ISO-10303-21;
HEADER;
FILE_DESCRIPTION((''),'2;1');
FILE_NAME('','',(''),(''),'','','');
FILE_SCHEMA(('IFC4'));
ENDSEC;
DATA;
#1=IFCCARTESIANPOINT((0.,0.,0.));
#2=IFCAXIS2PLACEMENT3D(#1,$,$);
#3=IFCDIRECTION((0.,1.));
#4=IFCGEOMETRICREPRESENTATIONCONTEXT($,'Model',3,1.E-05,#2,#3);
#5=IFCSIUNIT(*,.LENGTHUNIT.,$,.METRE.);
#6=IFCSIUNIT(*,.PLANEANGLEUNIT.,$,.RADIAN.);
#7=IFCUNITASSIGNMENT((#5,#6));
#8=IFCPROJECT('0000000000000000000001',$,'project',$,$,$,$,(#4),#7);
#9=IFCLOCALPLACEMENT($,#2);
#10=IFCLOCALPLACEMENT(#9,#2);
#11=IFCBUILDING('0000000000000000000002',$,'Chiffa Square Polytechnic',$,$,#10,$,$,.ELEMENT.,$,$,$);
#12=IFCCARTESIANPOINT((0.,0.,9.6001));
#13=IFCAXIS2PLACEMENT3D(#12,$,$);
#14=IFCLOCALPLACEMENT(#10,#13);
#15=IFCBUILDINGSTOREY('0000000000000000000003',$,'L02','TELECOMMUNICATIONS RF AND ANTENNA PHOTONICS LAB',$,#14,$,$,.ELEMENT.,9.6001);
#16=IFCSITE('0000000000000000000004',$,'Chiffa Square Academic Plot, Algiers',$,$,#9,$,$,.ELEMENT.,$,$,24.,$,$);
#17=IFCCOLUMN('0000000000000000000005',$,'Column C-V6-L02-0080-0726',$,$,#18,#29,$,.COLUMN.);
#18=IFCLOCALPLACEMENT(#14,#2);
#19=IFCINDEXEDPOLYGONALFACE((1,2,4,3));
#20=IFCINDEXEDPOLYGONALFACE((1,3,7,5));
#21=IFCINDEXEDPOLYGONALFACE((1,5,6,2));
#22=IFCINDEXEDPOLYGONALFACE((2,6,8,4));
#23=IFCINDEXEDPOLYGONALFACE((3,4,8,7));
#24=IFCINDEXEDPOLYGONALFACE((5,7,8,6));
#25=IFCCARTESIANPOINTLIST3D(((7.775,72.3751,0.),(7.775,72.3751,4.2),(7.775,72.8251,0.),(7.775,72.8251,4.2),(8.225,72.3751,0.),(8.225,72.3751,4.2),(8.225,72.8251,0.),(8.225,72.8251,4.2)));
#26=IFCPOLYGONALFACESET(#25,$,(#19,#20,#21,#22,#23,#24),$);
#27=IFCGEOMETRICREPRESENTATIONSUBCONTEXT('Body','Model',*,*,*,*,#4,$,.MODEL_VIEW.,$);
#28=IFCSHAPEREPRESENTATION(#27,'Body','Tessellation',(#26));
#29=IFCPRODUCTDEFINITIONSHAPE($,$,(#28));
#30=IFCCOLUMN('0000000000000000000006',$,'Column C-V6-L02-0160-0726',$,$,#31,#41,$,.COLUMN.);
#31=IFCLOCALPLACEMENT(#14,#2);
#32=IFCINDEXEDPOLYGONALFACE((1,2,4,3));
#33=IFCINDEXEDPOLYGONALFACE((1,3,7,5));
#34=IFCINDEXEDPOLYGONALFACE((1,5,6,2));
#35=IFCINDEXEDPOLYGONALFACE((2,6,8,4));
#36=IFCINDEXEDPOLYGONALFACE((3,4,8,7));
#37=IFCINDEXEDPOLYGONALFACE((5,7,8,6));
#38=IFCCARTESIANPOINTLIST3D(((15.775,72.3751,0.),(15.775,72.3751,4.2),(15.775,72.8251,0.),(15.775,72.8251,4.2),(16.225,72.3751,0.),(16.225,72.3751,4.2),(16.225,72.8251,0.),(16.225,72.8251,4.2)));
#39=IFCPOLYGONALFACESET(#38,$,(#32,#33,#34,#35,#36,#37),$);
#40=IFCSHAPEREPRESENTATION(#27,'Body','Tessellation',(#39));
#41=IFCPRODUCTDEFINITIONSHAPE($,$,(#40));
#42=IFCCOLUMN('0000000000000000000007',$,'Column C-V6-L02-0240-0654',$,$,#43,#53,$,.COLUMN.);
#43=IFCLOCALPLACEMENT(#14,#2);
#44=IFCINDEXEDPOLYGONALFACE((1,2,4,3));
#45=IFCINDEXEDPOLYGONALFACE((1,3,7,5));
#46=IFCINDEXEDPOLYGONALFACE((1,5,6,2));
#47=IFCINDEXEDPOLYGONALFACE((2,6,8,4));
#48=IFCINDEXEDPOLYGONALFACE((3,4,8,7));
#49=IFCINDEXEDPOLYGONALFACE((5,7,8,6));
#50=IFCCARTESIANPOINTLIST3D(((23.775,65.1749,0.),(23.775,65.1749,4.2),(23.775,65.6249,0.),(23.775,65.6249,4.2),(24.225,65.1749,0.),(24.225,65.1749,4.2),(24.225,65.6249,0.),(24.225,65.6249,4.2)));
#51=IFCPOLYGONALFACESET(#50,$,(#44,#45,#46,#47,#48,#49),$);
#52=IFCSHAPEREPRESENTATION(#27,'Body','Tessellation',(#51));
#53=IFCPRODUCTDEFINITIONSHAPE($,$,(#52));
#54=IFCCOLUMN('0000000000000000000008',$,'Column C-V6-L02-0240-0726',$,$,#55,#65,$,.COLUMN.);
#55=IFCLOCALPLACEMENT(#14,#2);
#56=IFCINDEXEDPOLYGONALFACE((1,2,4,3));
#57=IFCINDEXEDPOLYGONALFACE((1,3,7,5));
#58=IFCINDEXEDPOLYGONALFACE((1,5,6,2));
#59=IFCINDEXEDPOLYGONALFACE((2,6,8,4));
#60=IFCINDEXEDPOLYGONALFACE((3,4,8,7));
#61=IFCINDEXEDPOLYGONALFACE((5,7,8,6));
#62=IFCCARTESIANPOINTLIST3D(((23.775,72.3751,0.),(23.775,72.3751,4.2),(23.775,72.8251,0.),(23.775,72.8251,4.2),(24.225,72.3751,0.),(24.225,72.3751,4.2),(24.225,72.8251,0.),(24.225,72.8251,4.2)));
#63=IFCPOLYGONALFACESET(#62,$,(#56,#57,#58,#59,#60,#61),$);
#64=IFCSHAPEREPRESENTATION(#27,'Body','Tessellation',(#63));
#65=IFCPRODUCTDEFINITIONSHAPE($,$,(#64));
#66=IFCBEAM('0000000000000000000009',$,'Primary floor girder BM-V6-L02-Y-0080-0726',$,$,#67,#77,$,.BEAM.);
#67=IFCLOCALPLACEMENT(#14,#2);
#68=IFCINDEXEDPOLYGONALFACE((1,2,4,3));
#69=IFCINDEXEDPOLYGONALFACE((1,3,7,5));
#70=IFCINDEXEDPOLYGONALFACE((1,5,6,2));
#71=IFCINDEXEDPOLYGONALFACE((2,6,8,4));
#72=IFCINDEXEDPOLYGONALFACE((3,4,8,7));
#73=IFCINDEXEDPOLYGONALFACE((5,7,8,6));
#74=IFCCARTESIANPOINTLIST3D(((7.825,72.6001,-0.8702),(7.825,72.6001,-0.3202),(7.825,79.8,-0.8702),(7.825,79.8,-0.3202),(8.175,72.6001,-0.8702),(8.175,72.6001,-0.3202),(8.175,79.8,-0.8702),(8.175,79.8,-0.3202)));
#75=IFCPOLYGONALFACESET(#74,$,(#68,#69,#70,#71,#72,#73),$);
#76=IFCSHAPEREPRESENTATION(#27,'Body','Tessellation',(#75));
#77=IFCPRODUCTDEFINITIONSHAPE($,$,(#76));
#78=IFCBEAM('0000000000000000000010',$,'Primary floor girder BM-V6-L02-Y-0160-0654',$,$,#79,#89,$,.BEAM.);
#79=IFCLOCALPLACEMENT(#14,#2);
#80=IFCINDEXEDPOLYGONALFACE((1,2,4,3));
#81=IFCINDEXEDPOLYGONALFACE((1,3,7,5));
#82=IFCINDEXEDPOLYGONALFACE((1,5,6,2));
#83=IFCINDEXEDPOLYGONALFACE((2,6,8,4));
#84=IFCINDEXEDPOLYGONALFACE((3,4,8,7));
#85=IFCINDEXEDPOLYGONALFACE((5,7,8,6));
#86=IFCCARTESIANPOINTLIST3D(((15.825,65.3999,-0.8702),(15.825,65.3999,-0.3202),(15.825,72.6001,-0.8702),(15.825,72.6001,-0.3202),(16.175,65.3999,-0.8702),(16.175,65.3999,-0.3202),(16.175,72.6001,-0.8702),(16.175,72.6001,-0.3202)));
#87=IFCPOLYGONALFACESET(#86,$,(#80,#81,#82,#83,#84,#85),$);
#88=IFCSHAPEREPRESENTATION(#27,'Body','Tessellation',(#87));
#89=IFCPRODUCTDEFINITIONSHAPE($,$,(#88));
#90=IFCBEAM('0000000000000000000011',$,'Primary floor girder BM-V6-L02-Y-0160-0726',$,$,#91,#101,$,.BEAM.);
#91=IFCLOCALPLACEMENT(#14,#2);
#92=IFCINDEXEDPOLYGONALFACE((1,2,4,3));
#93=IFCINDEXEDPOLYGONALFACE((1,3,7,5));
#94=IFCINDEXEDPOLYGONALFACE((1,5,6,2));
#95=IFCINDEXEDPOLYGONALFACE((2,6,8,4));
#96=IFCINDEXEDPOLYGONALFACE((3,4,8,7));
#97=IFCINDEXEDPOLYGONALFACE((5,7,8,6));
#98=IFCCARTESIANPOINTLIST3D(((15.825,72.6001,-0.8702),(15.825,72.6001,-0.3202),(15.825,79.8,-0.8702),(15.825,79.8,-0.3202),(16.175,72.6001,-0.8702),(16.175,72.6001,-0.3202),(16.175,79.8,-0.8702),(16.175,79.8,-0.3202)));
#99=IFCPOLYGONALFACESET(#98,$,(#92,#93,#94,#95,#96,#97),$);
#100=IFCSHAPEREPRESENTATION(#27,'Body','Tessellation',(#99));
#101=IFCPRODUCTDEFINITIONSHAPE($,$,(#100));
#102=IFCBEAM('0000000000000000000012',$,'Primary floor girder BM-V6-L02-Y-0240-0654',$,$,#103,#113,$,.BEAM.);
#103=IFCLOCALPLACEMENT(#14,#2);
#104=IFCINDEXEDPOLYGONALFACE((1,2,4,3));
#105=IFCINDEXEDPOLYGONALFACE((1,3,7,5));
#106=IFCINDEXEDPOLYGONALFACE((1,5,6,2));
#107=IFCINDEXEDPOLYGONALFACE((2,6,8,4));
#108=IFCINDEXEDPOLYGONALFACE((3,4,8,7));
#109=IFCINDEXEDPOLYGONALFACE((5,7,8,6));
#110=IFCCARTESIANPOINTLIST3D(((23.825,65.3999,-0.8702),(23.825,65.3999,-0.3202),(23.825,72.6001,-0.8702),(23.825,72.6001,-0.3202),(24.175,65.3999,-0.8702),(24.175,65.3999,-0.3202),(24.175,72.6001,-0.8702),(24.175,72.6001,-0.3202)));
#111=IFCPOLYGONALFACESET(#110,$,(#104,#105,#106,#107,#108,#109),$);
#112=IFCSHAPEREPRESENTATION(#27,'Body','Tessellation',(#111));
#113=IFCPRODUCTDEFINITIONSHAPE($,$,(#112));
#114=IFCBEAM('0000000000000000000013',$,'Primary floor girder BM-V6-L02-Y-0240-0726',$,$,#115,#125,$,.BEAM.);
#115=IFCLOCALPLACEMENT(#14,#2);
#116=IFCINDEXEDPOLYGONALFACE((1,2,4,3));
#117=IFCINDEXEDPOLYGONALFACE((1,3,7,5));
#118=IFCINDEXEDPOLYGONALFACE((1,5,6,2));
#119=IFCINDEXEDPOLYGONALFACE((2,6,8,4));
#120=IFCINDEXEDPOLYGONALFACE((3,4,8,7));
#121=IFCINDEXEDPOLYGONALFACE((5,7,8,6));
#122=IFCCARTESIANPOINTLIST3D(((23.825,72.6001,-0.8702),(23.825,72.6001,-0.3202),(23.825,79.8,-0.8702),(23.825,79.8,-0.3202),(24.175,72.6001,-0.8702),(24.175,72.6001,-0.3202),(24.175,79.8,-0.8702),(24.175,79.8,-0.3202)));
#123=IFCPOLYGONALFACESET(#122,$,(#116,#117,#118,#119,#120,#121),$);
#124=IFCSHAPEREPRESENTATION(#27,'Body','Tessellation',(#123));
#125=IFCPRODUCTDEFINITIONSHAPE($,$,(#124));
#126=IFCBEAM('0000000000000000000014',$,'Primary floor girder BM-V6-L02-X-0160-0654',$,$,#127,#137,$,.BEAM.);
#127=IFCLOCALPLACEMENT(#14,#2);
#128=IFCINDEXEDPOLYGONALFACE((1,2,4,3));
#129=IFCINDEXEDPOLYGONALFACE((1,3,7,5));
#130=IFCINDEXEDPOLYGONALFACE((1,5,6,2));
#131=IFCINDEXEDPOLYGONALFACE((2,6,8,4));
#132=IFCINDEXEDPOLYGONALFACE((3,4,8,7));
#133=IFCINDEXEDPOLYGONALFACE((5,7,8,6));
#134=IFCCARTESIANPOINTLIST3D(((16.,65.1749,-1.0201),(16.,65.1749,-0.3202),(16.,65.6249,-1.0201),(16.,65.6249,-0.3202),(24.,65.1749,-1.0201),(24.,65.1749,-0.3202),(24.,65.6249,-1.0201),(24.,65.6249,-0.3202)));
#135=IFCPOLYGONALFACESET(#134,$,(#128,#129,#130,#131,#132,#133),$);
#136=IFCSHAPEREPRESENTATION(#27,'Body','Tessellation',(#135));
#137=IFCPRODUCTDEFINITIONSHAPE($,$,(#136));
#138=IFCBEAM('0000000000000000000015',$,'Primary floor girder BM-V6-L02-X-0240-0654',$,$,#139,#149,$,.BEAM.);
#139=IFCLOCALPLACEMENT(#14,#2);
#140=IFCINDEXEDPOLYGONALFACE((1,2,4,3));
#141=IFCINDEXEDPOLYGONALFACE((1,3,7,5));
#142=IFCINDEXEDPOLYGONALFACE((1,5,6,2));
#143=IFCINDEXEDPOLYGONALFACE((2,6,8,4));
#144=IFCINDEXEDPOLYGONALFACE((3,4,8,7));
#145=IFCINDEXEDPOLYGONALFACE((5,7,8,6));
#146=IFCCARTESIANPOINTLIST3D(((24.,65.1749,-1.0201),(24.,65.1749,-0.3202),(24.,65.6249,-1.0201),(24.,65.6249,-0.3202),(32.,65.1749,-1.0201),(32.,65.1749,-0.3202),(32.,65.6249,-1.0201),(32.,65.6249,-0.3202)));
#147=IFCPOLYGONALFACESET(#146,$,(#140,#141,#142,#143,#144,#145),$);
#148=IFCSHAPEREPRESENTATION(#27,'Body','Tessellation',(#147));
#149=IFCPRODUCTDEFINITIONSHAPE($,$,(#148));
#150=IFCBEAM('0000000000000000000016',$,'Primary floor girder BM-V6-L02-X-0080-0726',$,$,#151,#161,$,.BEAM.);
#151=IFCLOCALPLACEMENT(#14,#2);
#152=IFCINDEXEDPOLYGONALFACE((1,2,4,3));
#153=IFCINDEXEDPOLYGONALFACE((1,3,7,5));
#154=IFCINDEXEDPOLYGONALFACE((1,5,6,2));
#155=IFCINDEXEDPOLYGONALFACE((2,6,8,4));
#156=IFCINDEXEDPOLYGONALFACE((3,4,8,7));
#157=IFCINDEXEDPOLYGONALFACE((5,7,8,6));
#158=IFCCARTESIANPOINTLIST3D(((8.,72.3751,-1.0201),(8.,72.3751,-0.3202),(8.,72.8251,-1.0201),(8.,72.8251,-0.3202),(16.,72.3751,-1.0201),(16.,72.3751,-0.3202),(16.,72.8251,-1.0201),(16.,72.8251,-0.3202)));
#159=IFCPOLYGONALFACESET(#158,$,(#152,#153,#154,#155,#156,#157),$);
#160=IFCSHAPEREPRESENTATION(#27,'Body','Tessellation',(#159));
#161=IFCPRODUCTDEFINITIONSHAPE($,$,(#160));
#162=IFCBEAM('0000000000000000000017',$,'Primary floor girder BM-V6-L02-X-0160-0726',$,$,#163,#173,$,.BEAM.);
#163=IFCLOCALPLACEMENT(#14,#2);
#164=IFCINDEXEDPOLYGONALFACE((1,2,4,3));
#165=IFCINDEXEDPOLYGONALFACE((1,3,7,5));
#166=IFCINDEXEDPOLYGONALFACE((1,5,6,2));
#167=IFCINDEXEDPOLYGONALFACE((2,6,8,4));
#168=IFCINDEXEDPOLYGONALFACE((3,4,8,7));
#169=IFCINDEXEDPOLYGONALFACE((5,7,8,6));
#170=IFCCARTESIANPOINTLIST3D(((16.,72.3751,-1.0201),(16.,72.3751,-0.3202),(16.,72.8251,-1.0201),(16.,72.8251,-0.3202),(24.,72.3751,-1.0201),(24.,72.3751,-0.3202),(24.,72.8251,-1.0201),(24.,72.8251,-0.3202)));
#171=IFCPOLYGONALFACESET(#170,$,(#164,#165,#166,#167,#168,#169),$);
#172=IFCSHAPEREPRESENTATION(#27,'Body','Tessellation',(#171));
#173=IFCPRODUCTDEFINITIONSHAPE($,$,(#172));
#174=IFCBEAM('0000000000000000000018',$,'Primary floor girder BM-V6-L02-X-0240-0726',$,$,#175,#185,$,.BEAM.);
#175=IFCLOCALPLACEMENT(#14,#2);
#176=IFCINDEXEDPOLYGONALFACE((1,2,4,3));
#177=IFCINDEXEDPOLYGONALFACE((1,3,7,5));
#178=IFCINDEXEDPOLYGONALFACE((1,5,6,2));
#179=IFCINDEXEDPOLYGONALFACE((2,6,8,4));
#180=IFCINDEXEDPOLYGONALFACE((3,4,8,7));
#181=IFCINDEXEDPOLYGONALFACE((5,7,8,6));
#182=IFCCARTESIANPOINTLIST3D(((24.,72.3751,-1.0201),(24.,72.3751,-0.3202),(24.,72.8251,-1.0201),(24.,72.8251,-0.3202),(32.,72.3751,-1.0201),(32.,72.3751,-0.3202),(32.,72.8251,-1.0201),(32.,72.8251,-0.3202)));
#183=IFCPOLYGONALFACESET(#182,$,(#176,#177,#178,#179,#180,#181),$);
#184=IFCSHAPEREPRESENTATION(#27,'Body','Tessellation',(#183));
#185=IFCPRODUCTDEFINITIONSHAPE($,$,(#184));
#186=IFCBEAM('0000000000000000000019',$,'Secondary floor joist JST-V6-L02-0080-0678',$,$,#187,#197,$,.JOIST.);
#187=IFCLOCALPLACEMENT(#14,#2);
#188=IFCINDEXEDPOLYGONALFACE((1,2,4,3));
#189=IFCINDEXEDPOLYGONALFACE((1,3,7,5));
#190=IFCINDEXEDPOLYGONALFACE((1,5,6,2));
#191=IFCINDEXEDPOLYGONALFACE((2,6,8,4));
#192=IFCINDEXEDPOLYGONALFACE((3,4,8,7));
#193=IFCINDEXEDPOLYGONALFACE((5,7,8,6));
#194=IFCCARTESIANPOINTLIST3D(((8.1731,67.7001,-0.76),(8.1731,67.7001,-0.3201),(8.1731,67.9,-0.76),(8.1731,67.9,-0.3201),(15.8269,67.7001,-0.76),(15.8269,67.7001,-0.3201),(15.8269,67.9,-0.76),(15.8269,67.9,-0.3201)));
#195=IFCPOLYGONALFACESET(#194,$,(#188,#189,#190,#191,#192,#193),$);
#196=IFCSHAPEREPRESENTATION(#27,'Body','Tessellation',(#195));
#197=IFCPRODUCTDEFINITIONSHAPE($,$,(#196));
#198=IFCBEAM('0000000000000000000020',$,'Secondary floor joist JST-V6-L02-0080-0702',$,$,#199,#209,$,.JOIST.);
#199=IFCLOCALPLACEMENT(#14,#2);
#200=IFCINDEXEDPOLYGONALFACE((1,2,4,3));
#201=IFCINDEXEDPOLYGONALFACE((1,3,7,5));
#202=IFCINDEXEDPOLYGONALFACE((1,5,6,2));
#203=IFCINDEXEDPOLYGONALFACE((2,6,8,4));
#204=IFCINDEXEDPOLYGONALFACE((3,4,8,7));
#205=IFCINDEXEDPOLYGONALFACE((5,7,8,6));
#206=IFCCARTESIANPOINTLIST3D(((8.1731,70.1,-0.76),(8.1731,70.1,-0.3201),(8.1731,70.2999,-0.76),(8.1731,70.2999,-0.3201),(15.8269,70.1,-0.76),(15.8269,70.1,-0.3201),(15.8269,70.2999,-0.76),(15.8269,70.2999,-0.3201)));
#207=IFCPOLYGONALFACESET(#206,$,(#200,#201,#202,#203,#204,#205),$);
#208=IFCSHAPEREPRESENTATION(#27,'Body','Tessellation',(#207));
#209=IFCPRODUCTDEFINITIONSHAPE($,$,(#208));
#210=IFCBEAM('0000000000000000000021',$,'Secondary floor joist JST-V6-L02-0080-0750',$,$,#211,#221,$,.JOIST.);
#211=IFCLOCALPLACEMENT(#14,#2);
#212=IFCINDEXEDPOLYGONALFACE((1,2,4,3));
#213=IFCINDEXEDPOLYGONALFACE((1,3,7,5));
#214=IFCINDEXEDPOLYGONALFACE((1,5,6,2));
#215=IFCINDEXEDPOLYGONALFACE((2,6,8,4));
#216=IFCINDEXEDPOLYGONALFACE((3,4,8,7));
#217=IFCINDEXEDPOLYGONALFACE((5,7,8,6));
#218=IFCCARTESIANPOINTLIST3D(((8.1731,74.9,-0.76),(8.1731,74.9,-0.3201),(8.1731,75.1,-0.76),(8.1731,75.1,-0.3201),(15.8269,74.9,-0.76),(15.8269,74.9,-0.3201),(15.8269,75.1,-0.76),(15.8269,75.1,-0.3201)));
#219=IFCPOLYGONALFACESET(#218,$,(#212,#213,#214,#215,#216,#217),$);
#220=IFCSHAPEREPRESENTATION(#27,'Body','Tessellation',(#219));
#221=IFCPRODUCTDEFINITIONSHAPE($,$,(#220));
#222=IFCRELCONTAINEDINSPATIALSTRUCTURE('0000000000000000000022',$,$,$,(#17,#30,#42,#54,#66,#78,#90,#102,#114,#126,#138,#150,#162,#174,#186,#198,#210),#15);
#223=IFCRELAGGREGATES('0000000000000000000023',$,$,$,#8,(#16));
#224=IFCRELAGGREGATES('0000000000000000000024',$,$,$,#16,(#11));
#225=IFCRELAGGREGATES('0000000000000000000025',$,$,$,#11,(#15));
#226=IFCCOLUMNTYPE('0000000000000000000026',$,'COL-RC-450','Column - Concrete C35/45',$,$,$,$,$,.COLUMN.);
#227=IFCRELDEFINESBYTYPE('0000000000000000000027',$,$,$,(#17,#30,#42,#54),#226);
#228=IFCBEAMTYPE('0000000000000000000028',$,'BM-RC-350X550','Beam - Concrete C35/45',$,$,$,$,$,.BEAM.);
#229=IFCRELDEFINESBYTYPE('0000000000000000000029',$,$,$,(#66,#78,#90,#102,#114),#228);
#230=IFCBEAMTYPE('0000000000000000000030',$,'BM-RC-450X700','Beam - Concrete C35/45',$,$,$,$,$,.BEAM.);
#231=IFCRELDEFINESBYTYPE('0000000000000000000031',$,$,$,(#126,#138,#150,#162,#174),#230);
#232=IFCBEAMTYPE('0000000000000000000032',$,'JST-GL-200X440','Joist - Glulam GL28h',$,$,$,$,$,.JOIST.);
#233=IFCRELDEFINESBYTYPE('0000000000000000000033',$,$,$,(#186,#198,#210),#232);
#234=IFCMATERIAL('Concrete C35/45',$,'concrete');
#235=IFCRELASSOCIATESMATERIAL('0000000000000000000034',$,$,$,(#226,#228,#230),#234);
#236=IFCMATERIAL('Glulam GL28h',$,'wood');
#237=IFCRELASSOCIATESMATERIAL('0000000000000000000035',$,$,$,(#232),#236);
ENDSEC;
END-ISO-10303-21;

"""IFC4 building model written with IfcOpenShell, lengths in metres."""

from ifc_helpers import new_model, si_unit, direction, frame, origin, origin_2d, place, context, subcontext, project, spatial, rectangle, extrude, material, material_profile, profile_set, type_object, element, save


model = new_model("IFC4")

# Units and contexts
model_context = context("Model", 3, precision=1e-05, world=origin(), true_north=direction((0.0, 1.0)))
body_context = subcontext(model_context, "Body", "Model", "MODEL_VIEW")
ifc_project = project(units=[si_unit("LENGTHUNIT", "METRE"), si_unit("PLANEANGLEUNIT", "RADIAN")], contexts=[model_context])

# Site, building, storey
site_placement = place(None, origin())
site = spatial("IfcSite", under=ifc_project, at=site_placement, Name="Chiffa Square Academic Plot, Algiers", CompositionType="ELEMENT", RefElevation=24.0)
building_placement = place(site_placement, origin())
building = spatial("IfcBuilding", under=site, at=building_placement, Name="Chiffa Square Polytechnic", CompositionType="ELEMENT")
storey_placement = place(building_placement, frame((0.0, 0.0, 9.6001)))
storey = spatial("IfcBuildingStorey", under=building, at=storey_placement, Name="L02", Description="TELECOMMUNICATIONS RF AND ANTENNA PHOTONICS LAB", CompositionType="ELEMENT", Elevation=9.6001)

# Columns
ifc_material_1 = material(Name="Concrete C35/45", Category="concrete")
ifc_material_profile_1 = material_profile(ifc_material_1, rectangle(XDim=0.45, YDim=0.45, at=origin_2d()), Name="RC 450x450")
ifc_profile_set_1 = profile_set([ifc_material_profile_1], Name="Concrete C35/45")
column_type = type_object("IfcColumnType", Name="COL-RC-450", Description="Column - Concrete C35/45", PredefinedType="COLUMN", material=ifc_profile_set_1)
for number, where, z_axis, x_axis, name in (
    (1, (8.0, 72.6001, 0.0), (0.0, 0.0, 1.0), (1.0, 0.0, 0.0), "Column C-V6-L02-0080-0726"),
    (2, (16.0, 72.6001, 0.0), (0.0, 0.0, 1.0), (1.0, 0.0, 0.0), "Column C-V6-L02-0160-0726"),
    (3, (24.0, 65.3999, 0.0), (0.0, 0.0, 1.0), (1.0, 0.0, 0.0), "Column C-V6-L02-0240-0654"),
    (4, (24.0, 72.6001, 0.0), (0.0, 0.0, 1.0), (1.0, 0.0, 0.0), "Column C-V6-L02-0240-0726"),
):
    element("IfcColumn", number, at=place(storey_placement, frame(where, z_axis=z_axis, x_axis=x_axis)), inside=storey, type_object=column_type, Name=name, PredefinedType="COLUMN", context=body_context, shape_type="SweptSolid", body=[
        extrude(rectangle(XDim=0.45, YDim=0.45, at=origin_2d()), origin(), (0.0, 0.0, 1.0), 4.2),
    ])

# Beams
ifc_material_profile_2 = material_profile(ifc_material_1, rectangle(XDim=0.3501, YDim=0.55, at=origin_2d()), Name="RC 350x550")
ifc_profile_set_2 = profile_set([ifc_material_profile_2], Name="Concrete C35/45")
beam_type_1 = type_object("IfcBeamType", Name="BM-RC-350X550", Description="Beam - Concrete C35/45", PredefinedType="BEAM", material=ifc_profile_set_2)
beam_1_placement = place(storey_placement, frame((8.0, 72.6001, -0.5952), z_axis=(0.0, 1.0, 0.0), x_axis=(-1.0, 0.0, 0.0)))
element("IfcBeam", 5, at=beam_1_placement, inside=storey, type_object=beam_type_1, Name="Primary floor girder BM-V6-L02-Y-0080-0726", PredefinedType="BEAM", context=body_context, shape_type="SweptSolid", body=[
    extrude(rectangle(XDim=0.3501, YDim=0.55, at=origin_2d()), origin(), (0.0, 0.0, 1.0), 7.2),
])
beam_2_placement = place(storey_placement, frame((16.0, 65.3999, -0.5952), z_axis=(0.0, 1.0, 0.0), x_axis=(-1.0, 0.0, 0.0)))
element("IfcBeam", 6, at=beam_2_placement, inside=storey, type_object=beam_type_1, Name="Primary floor girder BM-V6-L02-Y-0160-0654", PredefinedType="BEAM", context=body_context, shape_type="SweptSolid", body=[
    extrude(rectangle(XDim=0.3501, YDim=0.55, at=origin_2d()), origin(), (0.0, 0.0, 1.0), 7.2002),
])
beam_3_placement = place(storey_placement, frame((16.0, 72.6001, -0.5952), z_axis=(0.0, 1.0, 0.0), x_axis=(-1.0, 0.0, 0.0)))
element("IfcBeam", 7, at=beam_3_placement, inside=storey, type_object=beam_type_1, Name="Primary floor girder BM-V6-L02-Y-0160-0726", PredefinedType="BEAM", context=body_context, shape_type="SweptSolid", body=[
    extrude(rectangle(XDim=0.3501, YDim=0.55, at=origin_2d()), origin(), (0.0, 0.0, 1.0), 7.2),
])
beam_4_placement = place(storey_placement, frame((24.0, 65.3999, -0.5952), z_axis=(0.0, 1.0, 0.0), x_axis=(-1.0, 0.0, 0.0)))
element("IfcBeam", 8, at=beam_4_placement, inside=storey, type_object=beam_type_1, Name="Primary floor girder BM-V6-L02-Y-0240-0654", PredefinedType="BEAM", context=body_context, shape_type="SweptSolid", body=[
    extrude(rectangle(XDim=0.3501, YDim=0.55, at=origin_2d()), origin(), (0.0, 0.0, 1.0), 7.2002),
])
beam_5_placement = place(storey_placement, frame((24.0, 72.6001, -0.5952), z_axis=(0.0, 1.0, 0.0), x_axis=(-1.0, 0.0, 0.0)))
element("IfcBeam", 9, at=beam_5_placement, inside=storey, type_object=beam_type_1, Name="Primary floor girder BM-V6-L02-Y-0240-0726", PredefinedType="BEAM", context=body_context, shape_type="SweptSolid", body=[
    extrude(rectangle(XDim=0.3501, YDim=0.55, at=origin_2d()), origin(), (0.0, 0.0, 1.0), 7.2),
])
ifc_material_profile_3 = material_profile(ifc_material_1, rectangle(XDim=0.45, YDim=0.7, at=origin_2d()), Name="RC 450x700")
ifc_profile_set_3 = profile_set([ifc_material_profile_3], Name="Concrete C35/45")
beam_type_2 = type_object("IfcBeamType", Name="BM-RC-450X700", Description="Beam - Concrete C35/45", PredefinedType="BEAM", material=ifc_profile_set_3)
for number, where, z_axis, x_axis, name in (
    (10, (16.0, 65.3999, -0.6702), (1.0, 0.0, 0.0), (0.0, 1.0, 0.0), "Primary floor girder BM-V6-L02-X-0160-0654"),
    (11, (24.0, 65.3999, -0.6702), (1.0, 0.0, 0.0), (0.0, 1.0, 0.0), "Primary floor girder BM-V6-L02-X-0240-0654"),
    (12, (8.0, 72.6001, -0.6702), (1.0, 0.0, 0.0), (0.0, 1.0, 0.0), "Primary floor girder BM-V6-L02-X-0080-0726"),
    (13, (16.0, 72.6001, -0.6702), (1.0, 0.0, 0.0), (0.0, 1.0, 0.0), "Primary floor girder BM-V6-L02-X-0160-0726"),
    (14, (24.0, 72.6001, -0.6702), (1.0, 0.0, 0.0), (0.0, 1.0, 0.0), "Primary floor girder BM-V6-L02-X-0240-0726"),
):
    element("IfcBeam", number, at=place(storey_placement, frame(where, z_axis=z_axis, x_axis=x_axis)), inside=storey, type_object=beam_type_2, Name=name, PredefinedType="BEAM", context=body_context, shape_type="SweptSolid", body=[
        extrude(rectangle(XDim=0.45, YDim=0.7, at=origin_2d()), origin(), (0.0, 0.0, 1.0), 8.0),
    ])
ifc_material_2 = material(Name="Glulam GL28h", Category="wood")
ifc_material_profile_4 = material_profile(ifc_material_2, rectangle(XDim=0.2, YDim=0.4399, at=origin_2d()), Name="GL28h 200x440")
ifc_profile_set_4 = profile_set([ifc_material_profile_4], Name="Glulam GL28h")
beam_type_3 = type_object("IfcBeamType", Name="JST-GL-200X440", Description="Joist - Glulam GL28h", PredefinedType="JOIST", material=ifc_profile_set_4)
for number, where, z_axis, x_axis, name in (
    (15, (8.1731, 67.8, -0.54), (1.0, 0.0, 0.0), (0.0, 1.0, 0.0), "Secondary floor joist JST-V6-L02-0080-0678"),
    (16, (8.1731, 70.2, -0.54), (1.0, 0.0, 0.0), (0.0, 1.0, 0.0), "Secondary floor joist JST-V6-L02-0080-0702"),
    (17, (8.1731, 75.0, -0.54), (1.0, 0.0, 0.0), (0.0, 1.0, 0.0), "Secondary floor joist JST-V6-L02-0080-0750"),
):
    element("IfcBeam", number, at=place(storey_placement, frame(where, z_axis=z_axis, x_axis=x_axis)), inside=storey, type_object=beam_type_3, Name=name, PredefinedType="JOIST", context=body_context, shape_type="SweptSolid", body=[
        extrude(rectangle(XDim=0.2, YDim=0.4399, at=origin_2d()), origin(), (0.0, 0.0, 1.0), 7.6538),
    ])

save(model, "model.ifc")
